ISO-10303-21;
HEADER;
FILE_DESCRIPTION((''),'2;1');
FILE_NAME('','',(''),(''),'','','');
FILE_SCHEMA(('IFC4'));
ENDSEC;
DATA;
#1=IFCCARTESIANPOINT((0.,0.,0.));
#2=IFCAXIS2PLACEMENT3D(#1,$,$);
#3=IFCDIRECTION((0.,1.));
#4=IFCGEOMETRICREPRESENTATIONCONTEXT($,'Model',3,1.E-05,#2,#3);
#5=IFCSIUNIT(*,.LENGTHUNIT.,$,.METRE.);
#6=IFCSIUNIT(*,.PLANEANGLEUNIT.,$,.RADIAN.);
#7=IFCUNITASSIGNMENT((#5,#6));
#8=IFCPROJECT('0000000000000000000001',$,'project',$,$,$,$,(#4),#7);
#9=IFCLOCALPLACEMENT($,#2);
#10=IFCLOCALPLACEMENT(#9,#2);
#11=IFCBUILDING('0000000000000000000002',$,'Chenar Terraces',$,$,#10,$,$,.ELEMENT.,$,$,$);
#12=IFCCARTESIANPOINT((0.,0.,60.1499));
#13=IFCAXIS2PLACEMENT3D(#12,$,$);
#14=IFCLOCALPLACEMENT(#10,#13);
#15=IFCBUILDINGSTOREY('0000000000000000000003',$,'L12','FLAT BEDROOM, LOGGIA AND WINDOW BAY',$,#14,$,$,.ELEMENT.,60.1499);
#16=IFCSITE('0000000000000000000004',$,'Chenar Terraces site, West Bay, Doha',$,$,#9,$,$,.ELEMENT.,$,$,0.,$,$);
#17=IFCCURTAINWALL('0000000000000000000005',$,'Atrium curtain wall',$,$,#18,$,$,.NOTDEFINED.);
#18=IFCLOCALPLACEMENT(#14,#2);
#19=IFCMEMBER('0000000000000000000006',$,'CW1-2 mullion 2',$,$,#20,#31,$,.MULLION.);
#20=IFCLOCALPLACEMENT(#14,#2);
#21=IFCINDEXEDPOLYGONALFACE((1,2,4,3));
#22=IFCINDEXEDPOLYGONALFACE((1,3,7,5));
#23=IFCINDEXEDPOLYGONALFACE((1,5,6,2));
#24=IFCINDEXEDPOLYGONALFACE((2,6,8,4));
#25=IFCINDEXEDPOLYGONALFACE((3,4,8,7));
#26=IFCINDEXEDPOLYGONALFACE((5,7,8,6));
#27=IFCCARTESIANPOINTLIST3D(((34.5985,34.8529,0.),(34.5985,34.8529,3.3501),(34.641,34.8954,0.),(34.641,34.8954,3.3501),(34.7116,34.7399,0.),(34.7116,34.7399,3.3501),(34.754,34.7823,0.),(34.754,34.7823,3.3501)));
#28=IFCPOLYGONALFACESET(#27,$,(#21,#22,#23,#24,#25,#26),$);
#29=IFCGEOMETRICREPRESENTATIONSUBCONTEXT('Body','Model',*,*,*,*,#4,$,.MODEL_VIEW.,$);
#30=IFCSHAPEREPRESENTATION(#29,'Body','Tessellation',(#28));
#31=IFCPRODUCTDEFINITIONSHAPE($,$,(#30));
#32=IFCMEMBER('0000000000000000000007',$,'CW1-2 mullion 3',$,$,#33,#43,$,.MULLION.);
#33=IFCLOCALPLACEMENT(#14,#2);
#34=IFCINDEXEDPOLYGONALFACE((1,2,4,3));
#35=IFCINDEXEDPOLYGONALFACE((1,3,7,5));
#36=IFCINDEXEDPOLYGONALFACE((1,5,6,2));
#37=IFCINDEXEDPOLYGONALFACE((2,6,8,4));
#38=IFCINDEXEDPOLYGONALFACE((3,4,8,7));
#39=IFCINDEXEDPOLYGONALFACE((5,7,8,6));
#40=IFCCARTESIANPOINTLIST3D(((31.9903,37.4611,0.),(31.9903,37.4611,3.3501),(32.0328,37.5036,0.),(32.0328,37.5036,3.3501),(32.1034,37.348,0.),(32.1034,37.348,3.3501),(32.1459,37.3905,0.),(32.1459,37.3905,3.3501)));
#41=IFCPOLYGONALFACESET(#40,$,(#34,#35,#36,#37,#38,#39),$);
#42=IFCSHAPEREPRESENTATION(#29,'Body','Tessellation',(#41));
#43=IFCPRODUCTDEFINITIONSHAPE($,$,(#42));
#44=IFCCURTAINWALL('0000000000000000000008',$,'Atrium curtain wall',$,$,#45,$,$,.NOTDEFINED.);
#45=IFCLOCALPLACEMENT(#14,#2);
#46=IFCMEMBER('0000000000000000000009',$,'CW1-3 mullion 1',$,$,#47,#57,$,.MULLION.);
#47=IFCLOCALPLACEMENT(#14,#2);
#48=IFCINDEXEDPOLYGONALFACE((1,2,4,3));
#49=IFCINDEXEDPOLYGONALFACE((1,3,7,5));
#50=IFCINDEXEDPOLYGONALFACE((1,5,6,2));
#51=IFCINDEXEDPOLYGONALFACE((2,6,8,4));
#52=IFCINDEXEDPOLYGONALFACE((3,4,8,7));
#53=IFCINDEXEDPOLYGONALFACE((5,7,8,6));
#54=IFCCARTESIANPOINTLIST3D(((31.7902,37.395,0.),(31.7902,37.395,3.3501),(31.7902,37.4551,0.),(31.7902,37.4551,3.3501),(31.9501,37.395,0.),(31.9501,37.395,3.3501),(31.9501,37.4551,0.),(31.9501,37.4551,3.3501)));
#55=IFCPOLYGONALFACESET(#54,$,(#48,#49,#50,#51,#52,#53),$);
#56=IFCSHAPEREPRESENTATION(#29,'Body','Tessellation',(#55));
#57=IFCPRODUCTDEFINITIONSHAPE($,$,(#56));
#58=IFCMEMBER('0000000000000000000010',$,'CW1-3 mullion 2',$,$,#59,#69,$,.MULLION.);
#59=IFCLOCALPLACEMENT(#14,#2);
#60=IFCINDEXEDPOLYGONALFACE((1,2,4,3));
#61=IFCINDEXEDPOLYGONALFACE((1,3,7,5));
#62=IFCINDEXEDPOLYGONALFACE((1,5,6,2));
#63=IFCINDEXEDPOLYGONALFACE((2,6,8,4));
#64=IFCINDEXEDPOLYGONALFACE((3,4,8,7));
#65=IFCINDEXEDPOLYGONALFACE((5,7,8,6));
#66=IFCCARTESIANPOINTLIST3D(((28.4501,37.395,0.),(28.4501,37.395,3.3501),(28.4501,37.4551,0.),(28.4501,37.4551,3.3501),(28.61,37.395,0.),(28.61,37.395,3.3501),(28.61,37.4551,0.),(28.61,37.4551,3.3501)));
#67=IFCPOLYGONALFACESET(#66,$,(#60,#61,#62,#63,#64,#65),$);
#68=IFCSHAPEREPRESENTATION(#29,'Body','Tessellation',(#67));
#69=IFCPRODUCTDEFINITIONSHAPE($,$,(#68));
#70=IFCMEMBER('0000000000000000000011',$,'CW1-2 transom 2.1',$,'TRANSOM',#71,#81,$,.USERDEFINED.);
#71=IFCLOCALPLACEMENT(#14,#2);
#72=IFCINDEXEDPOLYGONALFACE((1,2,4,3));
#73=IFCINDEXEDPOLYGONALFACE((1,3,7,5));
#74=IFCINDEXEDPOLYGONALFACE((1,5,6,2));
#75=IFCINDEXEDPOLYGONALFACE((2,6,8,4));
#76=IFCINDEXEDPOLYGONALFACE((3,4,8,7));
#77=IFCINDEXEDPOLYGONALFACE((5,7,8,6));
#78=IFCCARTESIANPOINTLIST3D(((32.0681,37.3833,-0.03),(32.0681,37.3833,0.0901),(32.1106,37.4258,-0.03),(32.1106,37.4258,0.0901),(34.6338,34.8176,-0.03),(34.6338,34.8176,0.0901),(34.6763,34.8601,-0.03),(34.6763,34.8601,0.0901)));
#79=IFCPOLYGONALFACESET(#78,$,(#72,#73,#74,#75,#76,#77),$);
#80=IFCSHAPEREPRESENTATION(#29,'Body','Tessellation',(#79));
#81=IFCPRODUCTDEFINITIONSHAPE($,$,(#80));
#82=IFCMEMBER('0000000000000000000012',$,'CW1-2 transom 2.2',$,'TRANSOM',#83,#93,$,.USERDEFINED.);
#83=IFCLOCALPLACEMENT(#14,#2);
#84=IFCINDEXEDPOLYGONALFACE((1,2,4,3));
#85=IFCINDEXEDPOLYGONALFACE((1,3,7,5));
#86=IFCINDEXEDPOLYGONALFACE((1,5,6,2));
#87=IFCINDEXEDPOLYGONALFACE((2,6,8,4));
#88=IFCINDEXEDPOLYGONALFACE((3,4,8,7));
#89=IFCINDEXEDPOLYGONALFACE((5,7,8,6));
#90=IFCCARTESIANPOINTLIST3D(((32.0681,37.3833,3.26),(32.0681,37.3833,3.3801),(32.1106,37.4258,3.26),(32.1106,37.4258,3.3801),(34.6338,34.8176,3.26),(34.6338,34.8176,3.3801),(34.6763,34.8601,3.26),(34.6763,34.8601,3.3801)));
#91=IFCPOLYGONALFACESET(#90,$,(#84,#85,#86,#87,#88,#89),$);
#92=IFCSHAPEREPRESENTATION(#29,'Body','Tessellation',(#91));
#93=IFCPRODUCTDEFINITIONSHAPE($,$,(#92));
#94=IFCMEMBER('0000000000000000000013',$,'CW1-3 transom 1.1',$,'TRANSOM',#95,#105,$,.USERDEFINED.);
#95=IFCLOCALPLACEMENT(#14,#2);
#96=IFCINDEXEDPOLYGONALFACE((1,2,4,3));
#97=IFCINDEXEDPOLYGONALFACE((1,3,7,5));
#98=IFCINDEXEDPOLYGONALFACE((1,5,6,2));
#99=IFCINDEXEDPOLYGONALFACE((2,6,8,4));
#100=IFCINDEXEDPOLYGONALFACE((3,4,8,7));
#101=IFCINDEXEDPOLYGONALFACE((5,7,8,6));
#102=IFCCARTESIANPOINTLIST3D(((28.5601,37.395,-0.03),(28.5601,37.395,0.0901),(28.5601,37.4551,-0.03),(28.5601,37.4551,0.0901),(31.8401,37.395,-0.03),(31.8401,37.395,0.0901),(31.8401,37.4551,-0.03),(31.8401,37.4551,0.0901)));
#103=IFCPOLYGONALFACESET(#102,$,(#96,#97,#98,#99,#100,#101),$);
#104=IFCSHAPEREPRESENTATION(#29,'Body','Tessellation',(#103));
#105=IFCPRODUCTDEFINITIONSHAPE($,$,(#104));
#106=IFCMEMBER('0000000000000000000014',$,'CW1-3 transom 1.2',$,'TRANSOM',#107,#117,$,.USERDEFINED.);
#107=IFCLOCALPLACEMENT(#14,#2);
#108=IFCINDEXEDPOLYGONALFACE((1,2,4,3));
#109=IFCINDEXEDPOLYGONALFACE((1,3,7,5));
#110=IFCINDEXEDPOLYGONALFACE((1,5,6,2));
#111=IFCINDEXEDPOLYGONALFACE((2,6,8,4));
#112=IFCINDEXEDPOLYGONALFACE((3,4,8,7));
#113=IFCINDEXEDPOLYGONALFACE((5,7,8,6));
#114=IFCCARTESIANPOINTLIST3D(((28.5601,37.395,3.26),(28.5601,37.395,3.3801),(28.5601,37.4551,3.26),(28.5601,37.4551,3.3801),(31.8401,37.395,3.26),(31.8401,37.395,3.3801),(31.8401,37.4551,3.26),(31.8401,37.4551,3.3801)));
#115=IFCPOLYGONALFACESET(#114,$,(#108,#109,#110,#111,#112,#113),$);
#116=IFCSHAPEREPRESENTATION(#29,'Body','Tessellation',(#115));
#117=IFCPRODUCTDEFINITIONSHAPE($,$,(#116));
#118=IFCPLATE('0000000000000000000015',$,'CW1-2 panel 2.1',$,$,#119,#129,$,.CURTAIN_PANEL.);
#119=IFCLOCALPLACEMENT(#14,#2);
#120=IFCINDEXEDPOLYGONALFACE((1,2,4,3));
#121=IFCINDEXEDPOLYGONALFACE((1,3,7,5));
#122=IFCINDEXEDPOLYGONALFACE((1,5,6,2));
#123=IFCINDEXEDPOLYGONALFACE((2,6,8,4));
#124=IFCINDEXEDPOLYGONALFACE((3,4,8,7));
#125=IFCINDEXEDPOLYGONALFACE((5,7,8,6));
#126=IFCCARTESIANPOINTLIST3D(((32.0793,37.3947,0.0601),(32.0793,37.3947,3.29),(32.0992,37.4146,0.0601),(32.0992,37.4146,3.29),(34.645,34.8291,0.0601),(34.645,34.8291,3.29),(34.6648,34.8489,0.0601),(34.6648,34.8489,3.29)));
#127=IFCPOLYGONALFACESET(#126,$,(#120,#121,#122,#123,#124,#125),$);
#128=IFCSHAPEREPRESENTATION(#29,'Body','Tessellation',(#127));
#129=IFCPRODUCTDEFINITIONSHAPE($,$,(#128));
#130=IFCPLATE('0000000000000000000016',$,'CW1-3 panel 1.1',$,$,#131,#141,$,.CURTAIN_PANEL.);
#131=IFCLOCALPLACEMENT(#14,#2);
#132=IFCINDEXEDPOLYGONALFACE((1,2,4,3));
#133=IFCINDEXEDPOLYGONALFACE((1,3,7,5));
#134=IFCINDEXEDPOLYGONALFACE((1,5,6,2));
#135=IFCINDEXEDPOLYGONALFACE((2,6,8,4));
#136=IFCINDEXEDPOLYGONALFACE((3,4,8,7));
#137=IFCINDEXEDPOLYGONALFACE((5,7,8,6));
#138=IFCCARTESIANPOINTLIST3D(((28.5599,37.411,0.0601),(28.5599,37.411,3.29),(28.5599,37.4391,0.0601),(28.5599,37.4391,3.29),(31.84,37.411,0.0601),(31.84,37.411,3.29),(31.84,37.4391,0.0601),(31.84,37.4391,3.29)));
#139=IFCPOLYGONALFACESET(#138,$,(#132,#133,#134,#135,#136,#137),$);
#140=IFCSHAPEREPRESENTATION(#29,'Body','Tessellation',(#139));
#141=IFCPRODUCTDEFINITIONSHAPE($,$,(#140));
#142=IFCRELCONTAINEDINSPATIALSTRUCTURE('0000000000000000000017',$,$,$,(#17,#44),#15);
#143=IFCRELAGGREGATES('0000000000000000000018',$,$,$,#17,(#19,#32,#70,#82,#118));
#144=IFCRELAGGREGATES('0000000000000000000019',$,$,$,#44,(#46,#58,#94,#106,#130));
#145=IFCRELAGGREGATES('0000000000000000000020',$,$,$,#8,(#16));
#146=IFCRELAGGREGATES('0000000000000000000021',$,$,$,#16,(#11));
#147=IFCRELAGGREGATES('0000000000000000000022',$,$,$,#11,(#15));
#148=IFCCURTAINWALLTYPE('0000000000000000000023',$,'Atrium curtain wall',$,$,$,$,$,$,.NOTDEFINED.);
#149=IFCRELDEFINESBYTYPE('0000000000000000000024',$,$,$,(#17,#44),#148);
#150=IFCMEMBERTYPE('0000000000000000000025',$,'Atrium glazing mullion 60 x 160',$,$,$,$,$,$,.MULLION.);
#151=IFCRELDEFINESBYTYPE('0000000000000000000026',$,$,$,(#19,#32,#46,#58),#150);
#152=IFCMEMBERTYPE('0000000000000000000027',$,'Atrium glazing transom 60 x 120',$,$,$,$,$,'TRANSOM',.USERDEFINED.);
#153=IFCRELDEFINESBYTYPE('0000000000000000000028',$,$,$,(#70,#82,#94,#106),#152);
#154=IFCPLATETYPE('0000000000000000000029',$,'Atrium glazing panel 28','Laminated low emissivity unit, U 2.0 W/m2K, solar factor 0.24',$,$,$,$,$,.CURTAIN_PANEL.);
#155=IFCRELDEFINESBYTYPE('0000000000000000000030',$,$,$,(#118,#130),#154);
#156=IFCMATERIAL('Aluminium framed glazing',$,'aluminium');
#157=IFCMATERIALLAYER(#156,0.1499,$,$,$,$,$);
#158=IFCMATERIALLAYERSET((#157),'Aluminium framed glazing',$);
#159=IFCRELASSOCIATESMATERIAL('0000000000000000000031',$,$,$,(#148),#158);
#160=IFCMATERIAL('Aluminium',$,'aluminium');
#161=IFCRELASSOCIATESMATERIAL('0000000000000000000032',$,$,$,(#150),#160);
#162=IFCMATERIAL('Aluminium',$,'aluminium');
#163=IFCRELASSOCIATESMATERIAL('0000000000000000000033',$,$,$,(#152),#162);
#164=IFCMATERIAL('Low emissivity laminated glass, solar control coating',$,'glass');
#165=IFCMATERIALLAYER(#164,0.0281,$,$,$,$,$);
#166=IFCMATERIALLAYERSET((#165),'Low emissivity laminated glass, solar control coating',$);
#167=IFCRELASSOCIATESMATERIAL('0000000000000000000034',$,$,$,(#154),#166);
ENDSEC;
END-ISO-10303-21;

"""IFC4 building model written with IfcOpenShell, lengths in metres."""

from ifc_helpers import new_model, si_unit, direction, frame, origin, origin_2d, place, context, subcontext, project, spatial, rectangle, extrude, material, layer, layer_set, material_profile, profile_set, type_object, element, aggregate, save


model = new_model("IFC4")

# Units and contexts
model_context = context("Model", 3, precision=1e-05, world=origin(), true_north=direction((0.0, 1.0)))
body_context = subcontext(model_context, "Body", "Model", "MODEL_VIEW")
ifc_project = project(units=[si_unit("LENGTHUNIT", "METRE"), si_unit("PLANEANGLEUNIT", "RADIAN")], contexts=[model_context])

# Site, building, storey
site_placement = place(None, origin())
site = spatial("IfcSite", under=ifc_project, at=site_placement, Name="Chenar Terraces site, West Bay, Doha", CompositionType="ELEMENT", RefElevation=0.0)
building_placement = place(site_placement, origin())
building = spatial("IfcBuilding", under=site, at=building_placement, Name="Chenar Terraces", CompositionType="ELEMENT")
storey_placement = place(building_placement, frame((0.0, 0.0, 60.1499)))
storey = spatial("IfcBuildingStorey", under=building, at=storey_placement, Name="L12", Description="FLAT BEDROOM, LOGGIA AND WINDOW BAY", CompositionType="ELEMENT", Elevation=60.1499)

# Curtain walls, members
ifc_material_1 = material(Name="Aluminium framed glazing", Category="aluminium")
ifc_layer_1 = layer(ifc_material_1, 0.1499)
ifc_layer_set_1 = layer_set([ifc_layer_1], Name="Aluminium framed glazing")
curtain_wall_type = type_object("IfcCurtainWallType", Name="Atrium curtain wall", PredefinedType="NOTDEFINED", material=ifc_layer_set_1)
placement = place(storey_placement, origin())
curtain_wall_1 = element("IfcCurtainWall", 1, at=placement, inside=storey, type_object=curtain_wall_type, Name="Atrium curtain wall", PredefinedType="NOTDEFINED")
ifc_material_2 = material(Name="Aluminium", Category="aluminium")
ifc_material_profile_1 = material_profile(ifc_material_2, rectangle(XDim=0.0601, YDim=0.1599, at=origin_2d()), Name="Atrium glazing mullion 60 x 160")
ifc_profile_set_1 = profile_set([ifc_material_profile_1], Name="Aluminium")
member_type_1 = type_object("IfcMemberType", Name="Atrium glazing mullion 60 x 160", PredefinedType="MULLION", material=ifc_profile_set_1)
member_1_placement = place(storey_placement, frame((34.6763, 34.8176, 0.0), z_axis=(0.0, 0.0, 1.0), x_axis=(-0.707107, -0.707107, 0.0)))
member_1 = element("IfcMember", 2, at=member_1_placement, type_object=member_type_1, Name="CW1-2 mullion 2", PredefinedType="MULLION", context=body_context, shape_type="SweptSolid", body=[
    extrude(rectangle(XDim=0.0601, YDim=0.1599, at=origin_2d()), origin(), (0.0, 0.0, 1.0), 3.3501),
])
member_2_placement = place(storey_placement, frame((32.0681, 37.4258, 0.0), z_axis=(0.0, 0.0, 1.0), x_axis=(-0.707107, -0.707107, 0.0)))
member_2 = element("IfcMember", 3, at=member_2_placement, type_object=member_type_1, Name="CW1-2 mullion 3", PredefinedType="MULLION", context=body_context, shape_type="SweptSolid", body=[
    extrude(rectangle(XDim=0.0601, YDim=0.1599, at=origin_2d()), origin(), (0.0, 0.0, 1.0), 3.3501),
])
curtain_wall_2 = element("IfcCurtainWall", 4, at=placement, inside=storey, type_object=curtain_wall_type, Name="Atrium curtain wall", PredefinedType="NOTDEFINED")
member_3_placement = place(storey_placement, frame((31.8701, 37.425, 0.0), z_axis=(0.0, 0.0, 1.0), x_axis=(0.0, -1.0, 0.0)))
member_3 = element("IfcMember", 5, at=member_3_placement, type_object=member_type_1, Name="CW1-3 mullion 1", PredefinedType="MULLION", context=body_context, shape_type="SweptSolid", body=[
    extrude(rectangle(XDim=0.0601, YDim=0.1599, at=origin_2d()), origin(), (0.0, 0.0, 1.0), 3.3501),
])
member_4_placement = place(storey_placement, frame((28.53, 37.425, 0.0), z_axis=(0.0, 0.0, 1.0), x_axis=(0.0, -1.0, 0.0)))
member_4 = element("IfcMember", 6, at=member_4_placement, type_object=member_type_1, Name="CW1-3 mullion 2", PredefinedType="MULLION", context=body_context, shape_type="SweptSolid", body=[
    extrude(rectangle(XDim=0.0601, YDim=0.1599, at=origin_2d()), origin(), (0.0, 0.0, 1.0), 3.3501),
])

# Members
ifc_material_3 = material(Name="Aluminium", Category="aluminium")
ifc_material_profile_2 = material_profile(ifc_material_3, rectangle(XDim=0.0601, YDim=0.1201, at=origin_2d()), Name="Atrium glazing transom 60 x 120")
ifc_profile_set_2 = profile_set([ifc_material_profile_2], Name="Aluminium")
member_type_2 = type_object("IfcMemberType", Name="Atrium glazing transom 60 x 120", ElementType="TRANSOM", PredefinedType="USERDEFINED", material=ifc_profile_set_2)
member_5_placement = place(storey_placement, frame((34.655, 34.8389, 0.03), z_axis=(-0.707107, 0.707107, 0.0), x_axis=(-0.707107, -0.707107, 0.0)))
member_5 = element("IfcMember", 7, at=member_5_placement, type_object=member_type_2, Name="CW1-2 transom 2.1", ObjectType="TRANSOM", PredefinedType="USERDEFINED", context=body_context, shape_type="SweptSolid", body=[
    extrude(rectangle(XDim=0.0601, YDim=0.1201, at=origin_2d()), origin(), (0.0, 0.0, 1.0), 3.6284),
])
member_6_placement = place(storey_placement, frame((34.655, 34.8389, 3.3201), z_axis=(-0.707107, 0.707107, 0.0), x_axis=(-0.707107, -0.707107, 0.0)))
member_6 = element("IfcMember", 8, at=member_6_placement, type_object=member_type_2, Name="CW1-2 transom 2.2", ObjectType="TRANSOM", PredefinedType="USERDEFINED", context=body_context, shape_type="SweptSolid", body=[
    extrude(rectangle(XDim=0.0601, YDim=0.1201, at=origin_2d()), origin(), (0.0, 0.0, 1.0), 3.6284),
])
member_7_placement = place(storey_placement, frame((31.8401, 37.425, 0.03), z_axis=(-1.0, 0.0, 0.0), x_axis=(0.0, -1.0, 0.0)))
member_7 = element("IfcMember", 9, at=member_7_placement, type_object=member_type_2, Name="CW1-3 transom 1.1", ObjectType="TRANSOM", PredefinedType="USERDEFINED", context=body_context, shape_type="SweptSolid", body=[
    extrude(rectangle(XDim=0.0601, YDim=0.1201, at=origin_2d()), origin(), (0.0, 0.0, 1.0), 3.28),
])
member_8_placement = place(storey_placement, frame((31.8401, 37.425, 3.3201), z_axis=(-1.0, 0.0, 0.0), x_axis=(0.0, -1.0, 0.0)))
member_8 = element("IfcMember", 10, at=member_8_placement, type_object=member_type_2, Name="CW1-3 transom 1.2", ObjectType="TRANSOM", PredefinedType="USERDEFINED", context=body_context, shape_type="SweptSolid", body=[
    extrude(rectangle(XDim=0.0601, YDim=0.1201, at=origin_2d()), origin(), (0.0, 0.0, 1.0), 3.28),
])

# Plates
ifc_material_4 = material(Name="Low emissivity laminated glass, solar control coating", Category="glass")
ifc_layer_2 = layer(ifc_material_4, 0.0281)
ifc_layer_set_2 = layer_set([ifc_layer_2], Name="Low emissivity laminated glass, solar control coating")
plate_type = type_object("IfcPlateType", Name="Atrium glazing panel 28", Description="Laminated low emissivity unit, U 2.0 W/m2K, solar factor 0.24", PredefinedType="CURTAIN_PANEL", material=ifc_layer_set_2)
plate_1_placement = place(storey_placement, frame((33.3721, 36.1218, 0.0601), z_axis=(0.0, 0.0, 1.0), x_axis=(-0.707107, 0.707107, 0.0)))
plate_1 = element("IfcPlate", 11, at=plate_1_placement, type_object=plate_type, Name="CW1-2 panel 2.1", PredefinedType="CURTAIN_PANEL", context=body_context, shape_type="SweptSolid", body=[
    extrude(rectangle(XDim=3.6284, YDim=0.0281, at=origin_2d()), origin(), (0.0, 0.0, 1.0), 3.23),
])
aggregate(curtain_wall_1, [member_1, member_2, member_5, member_6, plate_1])
plate_2_placement = place(storey_placement, frame((30.2, 37.425, 0.0601), z_axis=(0.0, 0.0, 1.0), x_axis=(-1.0, 0.0, 0.0)))
plate_2 = element("IfcPlate", 12, at=plate_2_placement, type_object=plate_type, Name="CW1-3 panel 1.1", PredefinedType="CURTAIN_PANEL", context=body_context, shape_type="SweptSolid", body=[
    extrude(rectangle(XDim=3.28, YDim=0.0281, at=origin_2d()), origin(), (0.0, 0.0, 1.0), 3.23),
])
aggregate(curtain_wall_2, [member_3, member_4, member_7, member_8, plate_2])

save(model, "model.ifc")
